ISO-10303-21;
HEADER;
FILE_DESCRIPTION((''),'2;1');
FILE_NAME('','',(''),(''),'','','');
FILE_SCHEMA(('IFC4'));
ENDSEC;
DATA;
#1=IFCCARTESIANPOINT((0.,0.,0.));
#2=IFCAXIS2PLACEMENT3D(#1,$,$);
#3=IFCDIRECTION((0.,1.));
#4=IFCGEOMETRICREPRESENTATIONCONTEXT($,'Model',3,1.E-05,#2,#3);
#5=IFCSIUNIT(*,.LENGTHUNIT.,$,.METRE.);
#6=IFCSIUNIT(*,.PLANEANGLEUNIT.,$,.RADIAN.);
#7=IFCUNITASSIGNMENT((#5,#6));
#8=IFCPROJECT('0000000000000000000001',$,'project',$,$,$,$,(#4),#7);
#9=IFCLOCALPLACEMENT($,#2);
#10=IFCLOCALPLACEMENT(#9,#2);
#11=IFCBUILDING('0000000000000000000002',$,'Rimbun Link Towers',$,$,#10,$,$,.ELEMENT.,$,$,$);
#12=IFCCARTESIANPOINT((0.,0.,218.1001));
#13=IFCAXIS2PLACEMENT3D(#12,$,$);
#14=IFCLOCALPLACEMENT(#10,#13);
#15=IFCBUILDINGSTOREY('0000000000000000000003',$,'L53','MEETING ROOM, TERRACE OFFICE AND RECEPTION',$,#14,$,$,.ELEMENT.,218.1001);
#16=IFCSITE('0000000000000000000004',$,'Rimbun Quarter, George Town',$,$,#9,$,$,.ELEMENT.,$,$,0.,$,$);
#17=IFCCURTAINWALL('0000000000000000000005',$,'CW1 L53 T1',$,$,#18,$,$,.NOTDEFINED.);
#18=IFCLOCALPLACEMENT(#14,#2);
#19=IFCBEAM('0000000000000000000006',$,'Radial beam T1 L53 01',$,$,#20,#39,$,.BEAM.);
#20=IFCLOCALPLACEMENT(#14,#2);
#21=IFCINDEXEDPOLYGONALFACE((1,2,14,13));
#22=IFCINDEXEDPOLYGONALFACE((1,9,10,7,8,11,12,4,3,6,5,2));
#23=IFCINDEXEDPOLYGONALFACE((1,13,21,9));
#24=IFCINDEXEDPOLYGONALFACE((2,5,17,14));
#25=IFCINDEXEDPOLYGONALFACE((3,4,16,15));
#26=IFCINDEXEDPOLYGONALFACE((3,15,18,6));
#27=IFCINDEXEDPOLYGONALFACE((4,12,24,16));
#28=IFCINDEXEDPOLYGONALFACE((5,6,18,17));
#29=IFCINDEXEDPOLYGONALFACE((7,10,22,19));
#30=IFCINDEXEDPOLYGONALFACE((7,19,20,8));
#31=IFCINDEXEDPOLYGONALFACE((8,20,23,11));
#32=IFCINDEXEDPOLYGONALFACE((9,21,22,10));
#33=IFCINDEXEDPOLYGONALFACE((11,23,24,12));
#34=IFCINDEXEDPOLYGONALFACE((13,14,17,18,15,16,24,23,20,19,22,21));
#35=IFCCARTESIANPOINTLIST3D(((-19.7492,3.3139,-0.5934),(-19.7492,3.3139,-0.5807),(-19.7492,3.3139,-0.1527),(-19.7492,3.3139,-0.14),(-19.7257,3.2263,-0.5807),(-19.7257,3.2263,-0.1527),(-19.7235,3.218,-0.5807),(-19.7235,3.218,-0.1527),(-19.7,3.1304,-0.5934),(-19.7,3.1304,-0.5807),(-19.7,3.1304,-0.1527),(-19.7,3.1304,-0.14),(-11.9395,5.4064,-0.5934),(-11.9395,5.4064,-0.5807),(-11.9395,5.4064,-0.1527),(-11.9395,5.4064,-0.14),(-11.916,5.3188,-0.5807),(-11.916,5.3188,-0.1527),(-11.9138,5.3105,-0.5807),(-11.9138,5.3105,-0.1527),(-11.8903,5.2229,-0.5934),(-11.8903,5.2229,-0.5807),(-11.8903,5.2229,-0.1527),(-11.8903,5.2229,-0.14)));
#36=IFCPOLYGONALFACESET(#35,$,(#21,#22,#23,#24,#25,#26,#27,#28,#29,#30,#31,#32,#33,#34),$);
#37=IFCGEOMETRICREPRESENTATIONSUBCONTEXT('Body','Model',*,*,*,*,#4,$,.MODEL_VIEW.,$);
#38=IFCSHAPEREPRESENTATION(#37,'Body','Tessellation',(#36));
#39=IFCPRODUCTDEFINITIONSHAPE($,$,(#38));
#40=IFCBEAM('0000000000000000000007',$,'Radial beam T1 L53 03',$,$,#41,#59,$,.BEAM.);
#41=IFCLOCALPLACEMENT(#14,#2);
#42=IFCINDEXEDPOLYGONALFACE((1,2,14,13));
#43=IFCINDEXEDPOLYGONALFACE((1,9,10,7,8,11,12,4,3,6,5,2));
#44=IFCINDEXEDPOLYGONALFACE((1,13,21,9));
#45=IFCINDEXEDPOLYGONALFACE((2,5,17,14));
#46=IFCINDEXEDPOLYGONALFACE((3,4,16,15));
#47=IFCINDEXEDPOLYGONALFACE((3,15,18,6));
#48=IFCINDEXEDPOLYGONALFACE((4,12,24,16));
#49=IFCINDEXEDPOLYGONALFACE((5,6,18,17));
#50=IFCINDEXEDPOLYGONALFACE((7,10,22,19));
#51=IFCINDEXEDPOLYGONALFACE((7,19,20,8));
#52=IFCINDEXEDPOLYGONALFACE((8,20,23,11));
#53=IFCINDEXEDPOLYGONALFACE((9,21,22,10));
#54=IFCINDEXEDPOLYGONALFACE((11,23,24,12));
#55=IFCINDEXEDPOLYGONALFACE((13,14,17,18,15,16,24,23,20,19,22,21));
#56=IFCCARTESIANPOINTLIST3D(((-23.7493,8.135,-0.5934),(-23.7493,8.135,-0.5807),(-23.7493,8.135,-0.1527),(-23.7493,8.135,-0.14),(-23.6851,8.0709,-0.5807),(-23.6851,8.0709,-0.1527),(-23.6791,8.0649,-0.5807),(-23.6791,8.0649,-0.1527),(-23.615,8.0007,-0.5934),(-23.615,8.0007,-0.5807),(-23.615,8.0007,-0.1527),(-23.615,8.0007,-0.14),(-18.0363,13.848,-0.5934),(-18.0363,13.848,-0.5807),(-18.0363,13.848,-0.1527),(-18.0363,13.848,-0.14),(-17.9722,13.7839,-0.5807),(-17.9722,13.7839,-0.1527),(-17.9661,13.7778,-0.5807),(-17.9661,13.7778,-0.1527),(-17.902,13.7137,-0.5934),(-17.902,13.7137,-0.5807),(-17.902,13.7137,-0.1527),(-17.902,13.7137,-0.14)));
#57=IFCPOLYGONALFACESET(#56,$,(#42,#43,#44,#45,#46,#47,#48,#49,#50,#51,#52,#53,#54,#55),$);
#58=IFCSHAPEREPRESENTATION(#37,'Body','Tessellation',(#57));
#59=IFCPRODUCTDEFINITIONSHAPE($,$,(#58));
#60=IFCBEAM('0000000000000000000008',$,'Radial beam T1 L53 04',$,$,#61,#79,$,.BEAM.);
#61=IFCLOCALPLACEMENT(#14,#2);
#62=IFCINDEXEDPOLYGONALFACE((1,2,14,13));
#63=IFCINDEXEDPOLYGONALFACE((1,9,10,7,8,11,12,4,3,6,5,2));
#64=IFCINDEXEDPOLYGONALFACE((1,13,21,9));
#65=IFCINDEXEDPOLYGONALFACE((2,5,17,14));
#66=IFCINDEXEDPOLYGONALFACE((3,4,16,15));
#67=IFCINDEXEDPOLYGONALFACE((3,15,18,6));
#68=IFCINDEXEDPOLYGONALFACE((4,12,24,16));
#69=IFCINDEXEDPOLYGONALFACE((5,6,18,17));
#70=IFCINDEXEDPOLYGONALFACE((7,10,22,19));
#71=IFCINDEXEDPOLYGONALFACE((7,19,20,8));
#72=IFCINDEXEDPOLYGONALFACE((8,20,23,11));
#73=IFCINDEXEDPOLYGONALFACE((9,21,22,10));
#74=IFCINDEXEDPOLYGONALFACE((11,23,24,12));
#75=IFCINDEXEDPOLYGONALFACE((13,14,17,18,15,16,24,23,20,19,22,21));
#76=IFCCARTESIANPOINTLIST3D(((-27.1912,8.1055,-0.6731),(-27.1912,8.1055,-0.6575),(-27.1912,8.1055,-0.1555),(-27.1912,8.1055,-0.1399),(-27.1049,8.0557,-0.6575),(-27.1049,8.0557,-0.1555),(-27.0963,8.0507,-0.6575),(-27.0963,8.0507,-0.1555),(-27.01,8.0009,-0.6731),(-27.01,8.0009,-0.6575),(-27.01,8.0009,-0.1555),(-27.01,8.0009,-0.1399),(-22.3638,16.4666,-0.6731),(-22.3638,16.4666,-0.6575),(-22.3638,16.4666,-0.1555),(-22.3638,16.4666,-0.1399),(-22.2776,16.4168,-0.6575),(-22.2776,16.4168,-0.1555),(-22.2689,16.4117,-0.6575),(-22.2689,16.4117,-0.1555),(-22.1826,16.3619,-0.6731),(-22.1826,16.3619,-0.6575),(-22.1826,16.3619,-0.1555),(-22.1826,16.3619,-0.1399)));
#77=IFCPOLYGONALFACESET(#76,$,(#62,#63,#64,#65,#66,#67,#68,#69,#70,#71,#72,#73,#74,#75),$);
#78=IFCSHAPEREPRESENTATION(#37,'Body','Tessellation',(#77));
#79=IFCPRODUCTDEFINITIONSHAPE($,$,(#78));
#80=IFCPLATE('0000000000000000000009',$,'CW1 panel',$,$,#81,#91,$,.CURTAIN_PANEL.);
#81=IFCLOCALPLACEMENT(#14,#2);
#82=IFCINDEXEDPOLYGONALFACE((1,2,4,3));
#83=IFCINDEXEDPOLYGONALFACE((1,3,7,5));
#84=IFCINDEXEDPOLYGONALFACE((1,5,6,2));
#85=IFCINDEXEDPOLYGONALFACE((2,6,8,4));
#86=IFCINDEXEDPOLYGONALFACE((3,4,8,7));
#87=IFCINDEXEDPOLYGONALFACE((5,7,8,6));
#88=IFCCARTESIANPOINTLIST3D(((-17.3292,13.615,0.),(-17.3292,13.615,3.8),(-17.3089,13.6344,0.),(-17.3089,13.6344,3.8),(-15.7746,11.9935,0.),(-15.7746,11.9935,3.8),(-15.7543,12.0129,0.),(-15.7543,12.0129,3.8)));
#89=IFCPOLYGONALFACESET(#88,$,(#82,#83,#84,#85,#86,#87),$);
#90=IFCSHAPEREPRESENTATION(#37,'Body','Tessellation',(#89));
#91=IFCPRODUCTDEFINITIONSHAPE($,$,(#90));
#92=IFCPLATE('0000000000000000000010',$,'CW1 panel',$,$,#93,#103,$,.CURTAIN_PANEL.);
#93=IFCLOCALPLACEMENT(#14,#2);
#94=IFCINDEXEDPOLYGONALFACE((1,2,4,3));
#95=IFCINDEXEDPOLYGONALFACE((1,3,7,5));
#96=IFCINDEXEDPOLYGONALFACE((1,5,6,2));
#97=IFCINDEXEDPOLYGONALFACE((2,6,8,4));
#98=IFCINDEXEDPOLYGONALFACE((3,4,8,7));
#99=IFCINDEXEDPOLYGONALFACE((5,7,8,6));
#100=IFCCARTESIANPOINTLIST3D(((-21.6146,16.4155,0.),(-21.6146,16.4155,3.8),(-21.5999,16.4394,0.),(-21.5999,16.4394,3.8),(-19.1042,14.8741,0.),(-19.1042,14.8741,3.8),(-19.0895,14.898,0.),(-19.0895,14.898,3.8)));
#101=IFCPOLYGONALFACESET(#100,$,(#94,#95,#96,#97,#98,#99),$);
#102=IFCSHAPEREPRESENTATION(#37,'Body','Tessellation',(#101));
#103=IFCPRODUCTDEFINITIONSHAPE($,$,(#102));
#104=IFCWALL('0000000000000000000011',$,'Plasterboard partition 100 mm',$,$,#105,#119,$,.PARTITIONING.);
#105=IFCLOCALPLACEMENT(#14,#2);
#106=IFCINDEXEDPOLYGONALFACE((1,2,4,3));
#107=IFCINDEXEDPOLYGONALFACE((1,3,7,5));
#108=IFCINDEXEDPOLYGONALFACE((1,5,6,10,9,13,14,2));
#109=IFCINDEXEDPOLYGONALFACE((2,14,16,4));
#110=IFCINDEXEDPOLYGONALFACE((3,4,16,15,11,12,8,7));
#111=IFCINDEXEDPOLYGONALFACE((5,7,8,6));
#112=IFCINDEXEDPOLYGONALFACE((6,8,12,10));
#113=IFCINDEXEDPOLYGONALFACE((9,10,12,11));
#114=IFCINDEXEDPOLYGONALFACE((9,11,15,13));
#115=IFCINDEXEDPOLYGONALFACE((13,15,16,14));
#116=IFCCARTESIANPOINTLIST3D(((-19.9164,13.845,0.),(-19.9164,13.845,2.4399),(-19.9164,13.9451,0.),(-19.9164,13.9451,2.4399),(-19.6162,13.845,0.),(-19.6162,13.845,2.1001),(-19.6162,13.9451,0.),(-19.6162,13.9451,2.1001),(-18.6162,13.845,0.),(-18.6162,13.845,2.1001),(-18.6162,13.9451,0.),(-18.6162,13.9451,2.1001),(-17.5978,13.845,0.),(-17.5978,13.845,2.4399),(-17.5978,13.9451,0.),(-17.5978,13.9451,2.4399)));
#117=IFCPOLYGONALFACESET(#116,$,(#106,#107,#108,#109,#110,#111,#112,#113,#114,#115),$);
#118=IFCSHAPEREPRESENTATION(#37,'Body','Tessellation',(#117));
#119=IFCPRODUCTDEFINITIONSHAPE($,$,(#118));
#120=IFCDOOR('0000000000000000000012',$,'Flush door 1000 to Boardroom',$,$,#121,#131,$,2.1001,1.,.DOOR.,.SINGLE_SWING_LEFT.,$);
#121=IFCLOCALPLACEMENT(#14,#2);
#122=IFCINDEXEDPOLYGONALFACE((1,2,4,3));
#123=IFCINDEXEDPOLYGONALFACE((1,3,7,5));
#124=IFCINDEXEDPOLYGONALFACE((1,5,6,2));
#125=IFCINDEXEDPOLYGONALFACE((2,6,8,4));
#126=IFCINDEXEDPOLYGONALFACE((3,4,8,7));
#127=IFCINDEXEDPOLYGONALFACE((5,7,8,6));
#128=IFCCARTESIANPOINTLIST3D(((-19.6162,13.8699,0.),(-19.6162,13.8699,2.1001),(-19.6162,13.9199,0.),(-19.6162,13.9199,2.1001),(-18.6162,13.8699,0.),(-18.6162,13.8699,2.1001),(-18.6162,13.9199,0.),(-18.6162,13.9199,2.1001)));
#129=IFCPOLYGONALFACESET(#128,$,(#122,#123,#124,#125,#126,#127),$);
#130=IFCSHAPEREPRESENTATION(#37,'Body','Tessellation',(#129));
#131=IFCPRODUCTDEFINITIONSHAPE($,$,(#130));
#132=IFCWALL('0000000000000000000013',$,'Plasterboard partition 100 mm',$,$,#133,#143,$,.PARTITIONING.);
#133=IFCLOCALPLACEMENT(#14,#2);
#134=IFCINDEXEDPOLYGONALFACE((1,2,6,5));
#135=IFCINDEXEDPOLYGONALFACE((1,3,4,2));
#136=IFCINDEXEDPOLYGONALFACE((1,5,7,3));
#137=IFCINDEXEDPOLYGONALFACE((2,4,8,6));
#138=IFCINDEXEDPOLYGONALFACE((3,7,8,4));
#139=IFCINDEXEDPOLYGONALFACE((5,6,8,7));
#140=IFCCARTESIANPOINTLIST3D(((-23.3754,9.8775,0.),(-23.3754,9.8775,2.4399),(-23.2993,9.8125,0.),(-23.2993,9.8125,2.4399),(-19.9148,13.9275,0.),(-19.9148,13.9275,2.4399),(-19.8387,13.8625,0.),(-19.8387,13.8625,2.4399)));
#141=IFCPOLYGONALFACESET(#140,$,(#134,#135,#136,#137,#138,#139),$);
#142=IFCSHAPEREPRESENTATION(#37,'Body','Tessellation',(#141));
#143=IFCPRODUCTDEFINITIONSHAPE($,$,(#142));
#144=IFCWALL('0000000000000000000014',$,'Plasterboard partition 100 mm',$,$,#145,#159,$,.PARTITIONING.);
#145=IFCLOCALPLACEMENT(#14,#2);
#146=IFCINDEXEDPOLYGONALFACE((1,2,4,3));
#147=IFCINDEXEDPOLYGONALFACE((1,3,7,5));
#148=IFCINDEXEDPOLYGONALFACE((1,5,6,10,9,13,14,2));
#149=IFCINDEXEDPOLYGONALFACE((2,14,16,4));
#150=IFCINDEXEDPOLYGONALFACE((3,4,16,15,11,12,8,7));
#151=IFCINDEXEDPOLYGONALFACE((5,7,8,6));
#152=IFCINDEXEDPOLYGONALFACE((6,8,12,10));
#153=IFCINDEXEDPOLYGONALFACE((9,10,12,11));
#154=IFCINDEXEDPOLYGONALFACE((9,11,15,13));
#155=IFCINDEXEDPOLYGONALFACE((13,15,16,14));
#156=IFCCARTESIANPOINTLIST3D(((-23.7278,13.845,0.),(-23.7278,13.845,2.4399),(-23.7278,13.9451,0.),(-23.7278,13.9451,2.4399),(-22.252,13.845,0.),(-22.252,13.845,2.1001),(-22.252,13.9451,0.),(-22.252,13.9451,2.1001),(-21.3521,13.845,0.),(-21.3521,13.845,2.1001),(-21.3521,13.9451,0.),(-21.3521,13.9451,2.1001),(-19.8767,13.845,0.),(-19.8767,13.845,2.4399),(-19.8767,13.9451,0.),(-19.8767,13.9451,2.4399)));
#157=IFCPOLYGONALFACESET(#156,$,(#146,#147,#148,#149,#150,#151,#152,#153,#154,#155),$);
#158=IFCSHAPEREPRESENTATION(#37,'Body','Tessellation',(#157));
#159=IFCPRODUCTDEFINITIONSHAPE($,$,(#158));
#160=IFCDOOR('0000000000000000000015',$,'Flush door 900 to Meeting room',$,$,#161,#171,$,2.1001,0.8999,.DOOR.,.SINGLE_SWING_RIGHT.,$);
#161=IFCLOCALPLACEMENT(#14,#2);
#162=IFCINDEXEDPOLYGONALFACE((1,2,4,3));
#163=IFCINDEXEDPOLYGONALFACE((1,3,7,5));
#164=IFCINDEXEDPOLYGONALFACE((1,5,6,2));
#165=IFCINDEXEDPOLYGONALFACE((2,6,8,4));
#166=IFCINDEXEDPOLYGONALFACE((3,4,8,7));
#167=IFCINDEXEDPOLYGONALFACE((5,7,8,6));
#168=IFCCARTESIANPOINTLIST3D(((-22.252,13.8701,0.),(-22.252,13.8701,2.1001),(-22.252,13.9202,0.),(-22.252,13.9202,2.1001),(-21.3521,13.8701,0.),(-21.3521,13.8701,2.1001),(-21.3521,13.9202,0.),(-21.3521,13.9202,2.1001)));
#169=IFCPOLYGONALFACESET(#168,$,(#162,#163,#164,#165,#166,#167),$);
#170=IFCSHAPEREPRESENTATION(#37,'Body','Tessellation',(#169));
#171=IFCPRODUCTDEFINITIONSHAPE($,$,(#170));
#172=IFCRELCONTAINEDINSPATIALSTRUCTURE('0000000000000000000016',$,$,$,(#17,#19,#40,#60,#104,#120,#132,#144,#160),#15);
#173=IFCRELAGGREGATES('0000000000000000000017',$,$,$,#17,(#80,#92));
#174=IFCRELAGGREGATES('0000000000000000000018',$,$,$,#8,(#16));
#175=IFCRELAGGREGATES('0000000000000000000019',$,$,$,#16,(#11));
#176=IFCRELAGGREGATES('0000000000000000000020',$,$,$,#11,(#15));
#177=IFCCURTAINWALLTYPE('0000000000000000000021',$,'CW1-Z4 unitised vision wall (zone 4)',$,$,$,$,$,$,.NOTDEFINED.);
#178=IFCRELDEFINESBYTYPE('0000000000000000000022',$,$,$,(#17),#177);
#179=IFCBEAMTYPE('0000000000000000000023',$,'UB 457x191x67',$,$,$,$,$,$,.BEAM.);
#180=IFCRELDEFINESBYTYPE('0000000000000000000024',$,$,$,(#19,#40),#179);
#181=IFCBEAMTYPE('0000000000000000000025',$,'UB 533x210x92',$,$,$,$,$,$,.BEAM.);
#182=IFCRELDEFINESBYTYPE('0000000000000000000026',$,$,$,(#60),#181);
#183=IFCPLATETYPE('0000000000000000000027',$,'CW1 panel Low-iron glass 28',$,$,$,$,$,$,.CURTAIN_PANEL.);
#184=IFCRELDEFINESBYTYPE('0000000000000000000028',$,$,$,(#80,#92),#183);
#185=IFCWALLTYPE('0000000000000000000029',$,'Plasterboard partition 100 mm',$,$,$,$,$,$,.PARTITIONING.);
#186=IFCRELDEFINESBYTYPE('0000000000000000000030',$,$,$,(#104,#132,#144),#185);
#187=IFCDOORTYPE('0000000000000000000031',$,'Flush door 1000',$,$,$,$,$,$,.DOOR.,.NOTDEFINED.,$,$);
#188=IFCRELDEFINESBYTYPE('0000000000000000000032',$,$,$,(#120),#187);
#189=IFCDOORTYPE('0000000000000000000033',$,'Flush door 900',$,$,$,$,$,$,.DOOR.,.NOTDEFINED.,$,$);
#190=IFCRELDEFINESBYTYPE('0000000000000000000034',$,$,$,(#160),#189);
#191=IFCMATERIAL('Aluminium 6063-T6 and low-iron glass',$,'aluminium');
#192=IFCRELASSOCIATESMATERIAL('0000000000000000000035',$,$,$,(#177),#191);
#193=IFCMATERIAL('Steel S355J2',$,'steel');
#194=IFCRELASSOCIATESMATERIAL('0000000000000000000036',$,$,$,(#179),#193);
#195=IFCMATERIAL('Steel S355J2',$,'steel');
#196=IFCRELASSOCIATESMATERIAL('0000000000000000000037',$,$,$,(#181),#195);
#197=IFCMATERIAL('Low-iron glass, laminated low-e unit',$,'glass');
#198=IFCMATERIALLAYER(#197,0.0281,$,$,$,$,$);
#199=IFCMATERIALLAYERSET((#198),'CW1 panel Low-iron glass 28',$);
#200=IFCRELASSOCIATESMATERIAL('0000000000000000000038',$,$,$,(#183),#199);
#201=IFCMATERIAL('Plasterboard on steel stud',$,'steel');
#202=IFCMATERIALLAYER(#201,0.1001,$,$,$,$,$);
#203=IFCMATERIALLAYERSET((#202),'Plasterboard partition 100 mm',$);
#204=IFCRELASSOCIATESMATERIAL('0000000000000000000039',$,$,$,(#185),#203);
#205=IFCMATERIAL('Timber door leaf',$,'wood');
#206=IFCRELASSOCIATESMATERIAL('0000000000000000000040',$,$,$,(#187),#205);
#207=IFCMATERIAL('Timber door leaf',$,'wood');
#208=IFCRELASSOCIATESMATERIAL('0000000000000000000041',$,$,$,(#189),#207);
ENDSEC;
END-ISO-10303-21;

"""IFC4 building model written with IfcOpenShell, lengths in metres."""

from ifc_helpers import new_model, si_unit, direction, frame, frame_2d, origin, origin_2d, place, context, subcontext, project, spatial, rectangle, i_section, extrude, material, layer, layer_set, material_profile, profile_set, type_object, element, fill, aggregate, save


model = new_model("IFC4")

# Units and contexts
model_context = context("Model", 3, precision=1e-05, world=origin(), true_north=direction((0.0, 1.0)))
body_context = subcontext(model_context, "Body", "Model", "MODEL_VIEW")
ifc_project = project(units=[si_unit("LENGTHUNIT", "METRE"), si_unit("PLANEANGLEUNIT", "RADIAN")], contexts=[model_context])

# Site, building, storey
site_placement = place(None, origin())
site = spatial("IfcSite", under=ifc_project, at=site_placement, Name="Rimbun Quarter, George Town", CompositionType="ELEMENT", RefElevation=0.0)
building_placement = place(site_placement, origin())
building = spatial("IfcBuilding", under=site, at=building_placement, Name="Rimbun Link Towers", CompositionType="ELEMENT")
storey_placement = place(building_placement, frame((0.0, 0.0, 218.1001)))
storey = spatial("IfcBuildingStorey", under=building, at=storey_placement, Name="L53", Description="MEETING ROOM, TERRACE OFFICE AND RECEPTION", CompositionType="ELEMENT", Elevation=218.1001)

# Curtain wall
ifc_material_1 = material(Name="Aluminium 6063-T6 and low-iron glass", Category="aluminium")
curtain_wall_type = type_object("IfcCurtainWallType", Name="CW1-Z4 unitised vision wall (zone 4)", PredefinedType="NOTDEFINED", material=ifc_material_1)
curtain_wall_placement = place(storey_placement, origin())
curtain_wall = element("IfcCurtainWall", 1, at=curtain_wall_placement, inside=storey, type_object=curtain_wall_type, Name="CW1 L53 T1", PredefinedType="NOTDEFINED")

# Beams
ifc_material_2 = material(Name="Steel S355J2", Category="steel")
ifc_material_profile_1 = material_profile(ifc_material_2, i_section(OverallWidth=0.1899, OverallDepth=0.4534, WebThickness=0.0085, FlangeThickness=0.0127, at=origin_2d()), Name="UB 457x191x67")
ifc_profile_set_1 = profile_set([ifc_material_profile_1], Name="Steel S355J2")
beam_type_1 = type_object("IfcBeamType", Name="UB 457x191x67", PredefinedType="BEAM", material=ifc_profile_set_1)
beam_1_placement = place(storey_placement, frame((-19.7246, 3.2222, -0.3667), z_axis=(0.965929, 0.258807, 0.0), x_axis=(-0.258807, 0.965929, 0.0)))
element("IfcBeam", 2, at=beam_1_placement, inside=storey, type_object=beam_type_1, Name="Radial beam T1 L53 01", PredefinedType="BEAM", context=body_context, shape_type="SweptSolid", body=[
    extrude(i_section(OverallWidth=0.1899, OverallDepth=0.4534, WebThickness=0.0085, FlangeThickness=0.0127, at=origin_2d()), origin(), (0.0, 0.0, 1.0), 8.0852),
])
beam_2_placement = place(storey_placement, frame((-23.6821, 8.0679, -0.3667), z_axis=(0.707107, 0.707107, 0.0), x_axis=(-0.707107, 0.707107, 0.0)))
element("IfcBeam", 3, at=beam_2_placement, inside=storey, type_object=beam_type_1, Name="Radial beam T1 L53 03", PredefinedType="BEAM", context=body_context, shape_type="SweptSolid", body=[
    extrude(i_section(OverallWidth=0.1899, OverallDepth=0.4534, WebThickness=0.0085, FlangeThickness=0.0127, at=origin_2d()), origin(), (0.0, 0.0, 1.0), 8.0793),
])
ifc_material_3 = material(Name="Steel S355J2", Category="steel")
ifc_material_profile_2 = material_profile(ifc_material_3, i_section(OverallWidth=0.2092, OverallDepth=0.5332, WebThickness=0.01, FlangeThickness=0.0156, at=origin_2d()), Name="UB 533x210x92")
ifc_profile_set_2 = profile_set([ifc_material_profile_2], Name="Steel S355J2")
beam_type_2 = type_object("IfcBeamType", Name="UB 533x210x92", PredefinedType="BEAM", material=ifc_profile_set_2)
beam_3_placement = place(storey_placement, frame((-27.1006, 8.0532, -0.4065), z_axis=(0.500009, 0.86602, 0.0), x_axis=(-0.86602, 0.500009, 0.0)))
element("IfcBeam", 4, at=beam_3_placement, inside=storey, type_object=beam_type_2, Name="Radial beam T1 L53 04", PredefinedType="BEAM", context=body_context, shape_type="SweptSolid", body=[
    extrude(i_section(OverallWidth=0.2092, OverallDepth=0.5332, WebThickness=0.01, FlangeThickness=0.0156, at=origin_2d()), origin(), (0.0, 0.0, 1.0), 9.6545),
])

# Plates
ifc_material_4 = material(Name="Low-iron glass, laminated low-e unit", Category="glass")
ifc_layer_1 = layer(ifc_material_4, 0.0281)
ifc_layer_set_1 = layer_set([ifc_layer_1], Name="CW1 panel Low-iron glass 28")
plate_type = type_object("IfcPlateType", Name="CW1 panel Low-iron glass 28", PredefinedType="CURTAIN_PANEL", material=ifc_layer_set_1)
plate_1_placement = place(storey_placement, frame((-16.5417, 12.814, 0.0), z_axis=(0.0, 0.0, 1.0), x_axis=(0.692053, -0.721846, 0.0)))
plate_1 = element("IfcPlate", 5, at=plate_1_placement, type_object=plate_type, Name="CW1 panel", PredefinedType="CURTAIN_PANEL", context=body_context, shape_type="SweptSolid", body=[
    extrude(rectangle(XDim=2.2463, YDim=0.0281, at=origin_2d()), origin(), (0.0, 0.0, 1.0), 3.8),
])
plate_2_placement = place(storey_placement, frame((-20.3521, 15.6567, 0.0), z_axis=(0.0, 0.0, 1.0), x_axis=(0.852184, -0.523242, 0.0)))
plate_2 = element("IfcPlate", 6, at=plate_2_placement, type_object=plate_type, Name="CW1 panel", PredefinedType="CURTAIN_PANEL", context=body_context, shape_type="SweptSolid", body=[
    extrude(rectangle(XDim=2.9458, YDim=0.0281, at=origin_2d()), origin(), (0.0, 0.0, 1.0), 3.8),
])
aggregate(curtain_wall, [plate_1, plate_2])

# Wall, opening, door
ifc_material_5 = material(Name="Plasterboard on steel stud", Category="steel")
ifc_layer_2 = layer(ifc_material_5, 0.1001)
ifc_layer_set_2 = layer_set([ifc_layer_2], Name="Plasterboard partition 100 mm")
wall_type_1 = type_object("IfcWallType", Name="Plasterboard partition 100 mm", PredefinedType="PARTITIONING", material=ifc_layer_set_2)
wall_1_placement = place(storey_placement, frame((-19.9163, 13.895, 0.0), z_axis=(0.0, 0.0, 1.0), x_axis=(1.0, 0.0, 0.0)))
wall_1 = element("IfcWall", 7, at=wall_1_placement, inside=storey, type_object=wall_type_1, Name="Plasterboard partition 100 mm", PredefinedType="PARTITIONING", context=body_context, shape_type="SweptSolid", body=[
    extrude(rectangle(XDim=2.3186, YDim=0.1001, at=frame_2d((1.1592, 0.0))), origin(), (0.0, 0.0, 1.0), 2.4399),
])
opening_1_placement = place(wall_1_placement, frame((0.3, 0.0, 0.0)))
opening_1 = element("IfcOpeningElement", 8, at=opening_1_placement, cuts=wall_1, PredefinedType="OPENING", context=body_context, shape_type="SweptSolid", body=[
    extrude(rectangle(XDim=1.0, YDim=2.1001, at=frame_2d((0.5, 1.05))), frame((0.0, 0.0601, 0.0), z_axis=(0.0, -1.0, 0.0), x_axis=(1.0, 0.0, 0.0)), (0.0, 0.0, 1.0), 0.1201),
])
ifc_material_6 = material(Name="Timber door leaf", Category="wood")
door_type_1 = type_object("IfcDoorType", Name="Flush door 1000", OperationType="NOTDEFINED", PredefinedType="DOOR", material=ifc_material_6)
door_1_placement = place(opening_1_placement, origin())
door_1 = element("IfcDoor", 9, at=door_1_placement, inside=storey, type_object=door_type_1, Name="Flush door 1000 to Boardroom", OperationType="SINGLE_SWING_LEFT", OverallHeight=2.1001, OverallWidth=1.0, PredefinedType="DOOR", context=body_context, shape_type="SweptSolid", body=[
    extrude(rectangle(XDim=1.0, YDim=2.1001, at=frame_2d((0.5, 1.05))), frame((0.0, 0.0249, 0.0), z_axis=(0.0, -1.0, 0.0), x_axis=(1.0, 0.0, 0.0)), (0.0, 0.0, 1.0), 0.05),
])
fill(opening_1, door_1)

# Wall
wall_2_placement = place(storey_placement, frame((-19.8767, 13.895, 0.0), z_axis=(0.0, 0.0, 1.0), x_axis=(-0.649624, -0.760255, 0.0)))
element("IfcWall", 10, at=wall_2_placement, inside=storey, type_object=wall_type_1, Name="Plasterboard partition 100 mm", PredefinedType="PARTITIONING", context=body_context, shape_type="SweptSolid", body=[
    extrude(rectangle(XDim=5.3271, YDim=0.1001, at=frame_2d((2.6636, 0.0))), origin(), (0.0, 0.0, 1.0), 2.4399),
])

# Wall, opening, door
wall_3_placement = place(storey_placement, frame((-19.8767, 13.895, 0.0), z_axis=(0.0, 0.0, 1.0), x_axis=(-1.0, 0.0, 0.0)))
wall_3 = element("IfcWall", 11, at=wall_3_placement, inside=storey, type_object=wall_type_1, Name="Plasterboard partition 100 mm", PredefinedType="PARTITIONING", context=body_context, shape_type="SweptSolid", body=[
    extrude(rectangle(XDim=3.8511, YDim=0.1001, at=frame_2d((1.9255, 0.0))), origin(), (0.0, 0.0, 1.0), 2.4399),
])
opening_2_placement = place(wall_3_placement, frame((1.4753, 0.0, 0.0)))
opening_2 = element("IfcOpeningElement", 12, at=opening_2_placement, cuts=wall_3, PredefinedType="OPENING", context=body_context, shape_type="SweptSolid", body=[
    extrude(rectangle(XDim=0.8999, YDim=2.1001, at=frame_2d((0.45, 1.05))), frame((0.0, 0.0601, 0.0), z_axis=(0.0, -1.0, 0.0), x_axis=(1.0, 0.0, 0.0)), (0.0, 0.0, 1.0), 0.1201),
])
ifc_material_7 = material(Name="Timber door leaf", Category="wood")
door_type_2 = type_object("IfcDoorType", Name="Flush door 900", OperationType="NOTDEFINED", PredefinedType="DOOR", material=ifc_material_7)
door_2_placement = place(opening_2_placement, origin())
door_2 = element("IfcDoor", 13, at=door_2_placement, inside=storey, type_object=door_type_2, Name="Flush door 900 to Meeting room", OperationType="SINGLE_SWING_RIGHT", OverallHeight=2.1001, OverallWidth=0.8999, PredefinedType="DOOR", context=body_context, shape_type="SweptSolid", body=[
    extrude(rectangle(XDim=0.8999, YDim=2.1001, at=frame_2d((0.45, 1.05))), frame((0.0, 0.0249, 0.0), z_axis=(0.0, -1.0, 0.0), x_axis=(1.0, 0.0, 0.0)), (0.0, 0.0, 1.0), 0.05),
])
fill(opening_2, door_2)

save(model, "model.ifc")
